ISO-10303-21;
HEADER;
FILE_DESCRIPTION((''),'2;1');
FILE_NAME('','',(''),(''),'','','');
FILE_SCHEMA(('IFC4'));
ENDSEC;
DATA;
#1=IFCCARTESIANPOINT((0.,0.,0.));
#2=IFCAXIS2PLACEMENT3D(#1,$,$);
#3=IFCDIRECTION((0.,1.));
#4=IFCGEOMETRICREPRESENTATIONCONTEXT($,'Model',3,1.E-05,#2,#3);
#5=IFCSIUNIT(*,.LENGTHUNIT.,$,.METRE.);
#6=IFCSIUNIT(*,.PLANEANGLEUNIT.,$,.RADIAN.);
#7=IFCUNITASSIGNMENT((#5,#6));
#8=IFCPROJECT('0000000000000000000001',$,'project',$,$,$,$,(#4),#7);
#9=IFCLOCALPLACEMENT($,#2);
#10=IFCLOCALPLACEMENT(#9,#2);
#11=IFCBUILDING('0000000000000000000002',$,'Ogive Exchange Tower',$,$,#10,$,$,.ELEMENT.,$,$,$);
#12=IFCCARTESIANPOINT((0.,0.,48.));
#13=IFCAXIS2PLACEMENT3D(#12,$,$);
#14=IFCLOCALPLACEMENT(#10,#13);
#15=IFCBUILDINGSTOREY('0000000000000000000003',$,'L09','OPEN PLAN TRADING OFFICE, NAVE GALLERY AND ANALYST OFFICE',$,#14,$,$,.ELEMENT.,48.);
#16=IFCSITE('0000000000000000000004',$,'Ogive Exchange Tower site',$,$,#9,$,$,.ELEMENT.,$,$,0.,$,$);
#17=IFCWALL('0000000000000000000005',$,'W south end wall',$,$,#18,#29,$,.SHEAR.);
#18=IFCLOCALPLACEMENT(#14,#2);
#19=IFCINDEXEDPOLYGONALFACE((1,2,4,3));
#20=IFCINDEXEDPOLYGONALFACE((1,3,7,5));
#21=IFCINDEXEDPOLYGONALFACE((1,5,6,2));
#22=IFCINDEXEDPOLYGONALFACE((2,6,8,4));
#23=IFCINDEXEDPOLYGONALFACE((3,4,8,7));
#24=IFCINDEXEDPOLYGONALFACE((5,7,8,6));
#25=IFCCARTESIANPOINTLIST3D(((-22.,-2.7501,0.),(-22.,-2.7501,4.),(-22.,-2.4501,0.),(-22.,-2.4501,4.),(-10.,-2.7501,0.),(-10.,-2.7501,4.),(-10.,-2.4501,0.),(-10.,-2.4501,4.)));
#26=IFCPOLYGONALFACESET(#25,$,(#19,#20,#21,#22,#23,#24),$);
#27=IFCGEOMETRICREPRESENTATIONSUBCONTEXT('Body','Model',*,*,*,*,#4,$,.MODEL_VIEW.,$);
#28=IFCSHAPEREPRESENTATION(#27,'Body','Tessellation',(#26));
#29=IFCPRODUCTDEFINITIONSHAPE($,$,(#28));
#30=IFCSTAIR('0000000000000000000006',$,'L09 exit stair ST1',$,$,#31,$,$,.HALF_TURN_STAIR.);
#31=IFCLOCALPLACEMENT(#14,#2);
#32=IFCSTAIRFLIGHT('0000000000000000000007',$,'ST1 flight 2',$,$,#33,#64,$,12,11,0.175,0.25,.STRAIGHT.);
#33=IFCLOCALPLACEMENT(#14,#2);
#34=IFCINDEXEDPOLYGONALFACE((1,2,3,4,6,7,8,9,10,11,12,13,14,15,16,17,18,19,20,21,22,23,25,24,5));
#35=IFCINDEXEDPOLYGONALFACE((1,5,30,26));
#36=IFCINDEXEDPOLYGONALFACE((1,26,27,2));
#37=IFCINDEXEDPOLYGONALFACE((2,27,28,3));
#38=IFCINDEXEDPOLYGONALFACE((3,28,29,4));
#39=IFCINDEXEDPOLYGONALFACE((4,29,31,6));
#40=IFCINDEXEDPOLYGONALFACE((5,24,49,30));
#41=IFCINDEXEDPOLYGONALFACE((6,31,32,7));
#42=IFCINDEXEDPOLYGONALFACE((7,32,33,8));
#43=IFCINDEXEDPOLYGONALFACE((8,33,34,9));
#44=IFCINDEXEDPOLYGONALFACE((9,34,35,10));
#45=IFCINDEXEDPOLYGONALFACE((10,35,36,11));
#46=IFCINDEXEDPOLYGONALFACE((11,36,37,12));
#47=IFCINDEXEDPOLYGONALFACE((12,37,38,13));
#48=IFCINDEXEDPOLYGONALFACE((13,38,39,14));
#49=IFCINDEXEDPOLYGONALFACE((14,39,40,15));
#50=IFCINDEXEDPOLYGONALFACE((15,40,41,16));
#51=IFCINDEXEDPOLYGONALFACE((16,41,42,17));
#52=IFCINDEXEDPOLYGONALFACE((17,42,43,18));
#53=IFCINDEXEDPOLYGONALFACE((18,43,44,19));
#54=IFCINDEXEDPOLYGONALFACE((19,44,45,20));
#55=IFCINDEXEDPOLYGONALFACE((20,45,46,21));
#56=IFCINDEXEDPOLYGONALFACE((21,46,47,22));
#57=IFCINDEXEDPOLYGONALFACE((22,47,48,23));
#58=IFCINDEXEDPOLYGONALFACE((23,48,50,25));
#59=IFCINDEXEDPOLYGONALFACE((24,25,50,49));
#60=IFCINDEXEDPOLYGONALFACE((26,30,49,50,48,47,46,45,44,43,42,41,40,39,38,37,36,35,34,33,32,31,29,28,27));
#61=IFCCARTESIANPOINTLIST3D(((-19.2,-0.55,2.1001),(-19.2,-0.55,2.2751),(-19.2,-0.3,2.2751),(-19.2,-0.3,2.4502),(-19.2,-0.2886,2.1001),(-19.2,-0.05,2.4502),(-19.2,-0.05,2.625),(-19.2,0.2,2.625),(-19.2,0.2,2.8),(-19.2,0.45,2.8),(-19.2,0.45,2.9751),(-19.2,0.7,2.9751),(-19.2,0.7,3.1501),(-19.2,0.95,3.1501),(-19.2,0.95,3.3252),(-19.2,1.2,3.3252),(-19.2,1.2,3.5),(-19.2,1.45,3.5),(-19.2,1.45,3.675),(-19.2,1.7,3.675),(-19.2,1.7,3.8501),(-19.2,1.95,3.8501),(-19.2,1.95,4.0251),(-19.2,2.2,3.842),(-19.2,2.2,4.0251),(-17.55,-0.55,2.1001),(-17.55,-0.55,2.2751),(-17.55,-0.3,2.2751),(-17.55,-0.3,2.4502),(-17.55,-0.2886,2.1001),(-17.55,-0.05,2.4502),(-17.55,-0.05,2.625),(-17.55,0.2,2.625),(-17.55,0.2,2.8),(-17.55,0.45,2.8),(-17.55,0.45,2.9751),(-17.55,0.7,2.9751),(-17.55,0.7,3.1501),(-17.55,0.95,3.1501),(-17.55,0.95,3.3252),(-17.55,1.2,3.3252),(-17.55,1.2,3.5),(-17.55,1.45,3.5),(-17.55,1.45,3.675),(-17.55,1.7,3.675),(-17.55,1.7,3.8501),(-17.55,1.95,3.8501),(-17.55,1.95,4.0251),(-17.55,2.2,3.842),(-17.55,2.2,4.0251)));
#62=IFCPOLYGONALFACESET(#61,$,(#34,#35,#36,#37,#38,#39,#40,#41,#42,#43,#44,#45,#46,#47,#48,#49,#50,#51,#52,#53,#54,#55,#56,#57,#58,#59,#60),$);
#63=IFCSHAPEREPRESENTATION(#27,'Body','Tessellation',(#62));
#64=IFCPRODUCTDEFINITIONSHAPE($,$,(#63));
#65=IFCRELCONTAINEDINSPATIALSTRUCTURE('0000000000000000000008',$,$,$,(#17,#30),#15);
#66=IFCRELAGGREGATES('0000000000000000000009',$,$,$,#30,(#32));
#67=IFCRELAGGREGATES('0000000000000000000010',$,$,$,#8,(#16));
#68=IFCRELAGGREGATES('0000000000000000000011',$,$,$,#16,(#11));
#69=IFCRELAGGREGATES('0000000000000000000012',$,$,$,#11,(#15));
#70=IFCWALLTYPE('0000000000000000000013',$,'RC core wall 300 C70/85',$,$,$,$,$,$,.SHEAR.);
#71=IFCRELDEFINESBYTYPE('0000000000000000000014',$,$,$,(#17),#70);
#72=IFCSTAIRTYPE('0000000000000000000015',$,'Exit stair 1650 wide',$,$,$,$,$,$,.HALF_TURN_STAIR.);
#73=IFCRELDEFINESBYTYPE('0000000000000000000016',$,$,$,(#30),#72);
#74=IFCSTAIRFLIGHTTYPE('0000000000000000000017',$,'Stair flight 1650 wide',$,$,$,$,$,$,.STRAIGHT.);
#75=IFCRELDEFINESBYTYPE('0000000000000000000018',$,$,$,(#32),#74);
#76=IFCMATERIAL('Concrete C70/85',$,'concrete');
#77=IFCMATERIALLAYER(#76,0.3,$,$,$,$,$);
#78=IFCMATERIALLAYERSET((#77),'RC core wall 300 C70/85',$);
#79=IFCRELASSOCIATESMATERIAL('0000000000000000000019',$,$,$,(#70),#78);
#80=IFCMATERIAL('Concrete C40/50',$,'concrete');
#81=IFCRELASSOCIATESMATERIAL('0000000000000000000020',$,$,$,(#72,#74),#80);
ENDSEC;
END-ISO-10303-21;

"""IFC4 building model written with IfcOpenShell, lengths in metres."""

from ifc_helpers import new_model, si_unit, direction, frame, frame_2d, origin, place, context, subcontext, project, spatial, polyline, rectangle, outline, extrude, material, layer, layer_set, type_object, element, aggregate, save


model = new_model("IFC4")

# Units and contexts
model_context = context("Model", 3, precision=1e-05, world=origin(), true_north=direction((0.0, 1.0)))
body_context = subcontext(model_context, "Body", "Model", "MODEL_VIEW")
ifc_project = project(units=[si_unit("LENGTHUNIT", "METRE"), si_unit("PLANEANGLEUNIT", "RADIAN")], contexts=[model_context])

# Site, building, storey
site_placement = place(None, origin())
site = spatial("IfcSite", under=ifc_project, at=site_placement, Name="Ogive Exchange Tower site", CompositionType="ELEMENT", RefElevation=0.0)
building_placement = place(site_placement, origin())
building = spatial("IfcBuilding", under=site, at=building_placement, Name="Ogive Exchange Tower", CompositionType="ELEMENT")
storey_placement = place(building_placement, frame((0.0, 0.0, 48.0)))
storey = spatial("IfcBuildingStorey", under=building, at=storey_placement, Name="L09", Description="OPEN PLAN TRADING OFFICE, NAVE GALLERY AND ANALYST OFFICE", CompositionType="ELEMENT", Elevation=48.0)

# Shared definitions
ifc_material_1 = material(Name="Concrete C70/85", Category="concrete")

# Wall
ifc_layer_1 = layer(ifc_material_1, 0.3)
ifc_layer_set_1 = layer_set([ifc_layer_1], Name="RC core wall 300 C70/85")
wall_type_1 = type_object("IfcWallType", Name="RC core wall 300 C70/85", PredefinedType="SHEAR", material=ifc_layer_set_1)
wall_1_placement = place(storey_placement, frame((-22.0, -2.6001, 0.0), z_axis=(0.0, 0.0, 1.0), x_axis=(1.0, 0.0, 0.0)))
element("IfcWall", 1, at=wall_1_placement, inside=storey, type_object=wall_type_1, Name="W south end wall", PredefinedType="SHEAR", context=body_context, shape_type="SweptSolid", body=[
    extrude(rectangle(XDim=12.0, YDim=0.3, at=frame_2d((6.0, 0.0))), origin(), (0.0, 0.0, 1.0), 4.0),
])

# Stair, stair flight
ifc_material_2 = material(Name="Concrete C40/50", Category="concrete")
stair_type = type_object("IfcStairType", Name="Exit stair 1650 wide", PredefinedType="HALF_TURN_STAIR", material=ifc_material_2)
stair_placement = place(storey_placement, origin())
stair = element("IfcStair", 2, at=stair_placement, inside=storey, type_object=stair_type, Name="L09 exit stair ST1", PredefinedType="HALF_TURN_STAIR")
stair_flight_type = type_object("IfcStairFlightType", Name="Stair flight 1650 wide", PredefinedType="STRAIGHT", material=ifc_material_2)
stair_flight_placement = place(storey_placement, frame((-18.375, -0.55, 2.1001), z_axis=(0.0, 0.0, 1.0), x_axis=(0.0, 1.0, 0.0)))
stair_flight = element("IfcStairFlight", 3, at=stair_flight_placement, type_object=stair_flight_type, Name="ST1 flight 2", NumberOfRisers=12, NumberOfTreads=11, PredefinedType="STRAIGHT", RiserHeight=0.175, TreadLength=0.25, context=body_context, shape_type="SweptSolid", body=[
    extrude(outline(polyline([(0.0, 0.0), (0.0, 0.175), (0.25, 0.175), (0.25, 0.3501), (0.5, 0.3501), (0.5, 0.5249), (0.75, 0.5249), (0.75, 0.7), (1.0, 0.7), (1.0, 0.875), (1.25, 0.875), (1.25, 1.05), (1.5, 1.05), (1.5, 1.2251), (1.75, 1.2251), (1.75, 1.3999), (2.0, 1.3999), (2.0, 1.575), (2.25, 1.575), (2.25, 1.75), (2.5, 1.75), (2.5, 1.925), (2.75, 1.925), (2.75, 2.1001), (2.75, 1.7419), (0.2615, 0.0), (0.0, 0.0)])), frame((0.0, 0.825, 0.0), z_axis=(0.0, -1.0, 0.0), x_axis=(1.0, 0.0, 0.0)), (0.0, 0.0, 1.0), 1.6499),
])
aggregate(stair, [stair_flight])

save(model, "model.ifc")
